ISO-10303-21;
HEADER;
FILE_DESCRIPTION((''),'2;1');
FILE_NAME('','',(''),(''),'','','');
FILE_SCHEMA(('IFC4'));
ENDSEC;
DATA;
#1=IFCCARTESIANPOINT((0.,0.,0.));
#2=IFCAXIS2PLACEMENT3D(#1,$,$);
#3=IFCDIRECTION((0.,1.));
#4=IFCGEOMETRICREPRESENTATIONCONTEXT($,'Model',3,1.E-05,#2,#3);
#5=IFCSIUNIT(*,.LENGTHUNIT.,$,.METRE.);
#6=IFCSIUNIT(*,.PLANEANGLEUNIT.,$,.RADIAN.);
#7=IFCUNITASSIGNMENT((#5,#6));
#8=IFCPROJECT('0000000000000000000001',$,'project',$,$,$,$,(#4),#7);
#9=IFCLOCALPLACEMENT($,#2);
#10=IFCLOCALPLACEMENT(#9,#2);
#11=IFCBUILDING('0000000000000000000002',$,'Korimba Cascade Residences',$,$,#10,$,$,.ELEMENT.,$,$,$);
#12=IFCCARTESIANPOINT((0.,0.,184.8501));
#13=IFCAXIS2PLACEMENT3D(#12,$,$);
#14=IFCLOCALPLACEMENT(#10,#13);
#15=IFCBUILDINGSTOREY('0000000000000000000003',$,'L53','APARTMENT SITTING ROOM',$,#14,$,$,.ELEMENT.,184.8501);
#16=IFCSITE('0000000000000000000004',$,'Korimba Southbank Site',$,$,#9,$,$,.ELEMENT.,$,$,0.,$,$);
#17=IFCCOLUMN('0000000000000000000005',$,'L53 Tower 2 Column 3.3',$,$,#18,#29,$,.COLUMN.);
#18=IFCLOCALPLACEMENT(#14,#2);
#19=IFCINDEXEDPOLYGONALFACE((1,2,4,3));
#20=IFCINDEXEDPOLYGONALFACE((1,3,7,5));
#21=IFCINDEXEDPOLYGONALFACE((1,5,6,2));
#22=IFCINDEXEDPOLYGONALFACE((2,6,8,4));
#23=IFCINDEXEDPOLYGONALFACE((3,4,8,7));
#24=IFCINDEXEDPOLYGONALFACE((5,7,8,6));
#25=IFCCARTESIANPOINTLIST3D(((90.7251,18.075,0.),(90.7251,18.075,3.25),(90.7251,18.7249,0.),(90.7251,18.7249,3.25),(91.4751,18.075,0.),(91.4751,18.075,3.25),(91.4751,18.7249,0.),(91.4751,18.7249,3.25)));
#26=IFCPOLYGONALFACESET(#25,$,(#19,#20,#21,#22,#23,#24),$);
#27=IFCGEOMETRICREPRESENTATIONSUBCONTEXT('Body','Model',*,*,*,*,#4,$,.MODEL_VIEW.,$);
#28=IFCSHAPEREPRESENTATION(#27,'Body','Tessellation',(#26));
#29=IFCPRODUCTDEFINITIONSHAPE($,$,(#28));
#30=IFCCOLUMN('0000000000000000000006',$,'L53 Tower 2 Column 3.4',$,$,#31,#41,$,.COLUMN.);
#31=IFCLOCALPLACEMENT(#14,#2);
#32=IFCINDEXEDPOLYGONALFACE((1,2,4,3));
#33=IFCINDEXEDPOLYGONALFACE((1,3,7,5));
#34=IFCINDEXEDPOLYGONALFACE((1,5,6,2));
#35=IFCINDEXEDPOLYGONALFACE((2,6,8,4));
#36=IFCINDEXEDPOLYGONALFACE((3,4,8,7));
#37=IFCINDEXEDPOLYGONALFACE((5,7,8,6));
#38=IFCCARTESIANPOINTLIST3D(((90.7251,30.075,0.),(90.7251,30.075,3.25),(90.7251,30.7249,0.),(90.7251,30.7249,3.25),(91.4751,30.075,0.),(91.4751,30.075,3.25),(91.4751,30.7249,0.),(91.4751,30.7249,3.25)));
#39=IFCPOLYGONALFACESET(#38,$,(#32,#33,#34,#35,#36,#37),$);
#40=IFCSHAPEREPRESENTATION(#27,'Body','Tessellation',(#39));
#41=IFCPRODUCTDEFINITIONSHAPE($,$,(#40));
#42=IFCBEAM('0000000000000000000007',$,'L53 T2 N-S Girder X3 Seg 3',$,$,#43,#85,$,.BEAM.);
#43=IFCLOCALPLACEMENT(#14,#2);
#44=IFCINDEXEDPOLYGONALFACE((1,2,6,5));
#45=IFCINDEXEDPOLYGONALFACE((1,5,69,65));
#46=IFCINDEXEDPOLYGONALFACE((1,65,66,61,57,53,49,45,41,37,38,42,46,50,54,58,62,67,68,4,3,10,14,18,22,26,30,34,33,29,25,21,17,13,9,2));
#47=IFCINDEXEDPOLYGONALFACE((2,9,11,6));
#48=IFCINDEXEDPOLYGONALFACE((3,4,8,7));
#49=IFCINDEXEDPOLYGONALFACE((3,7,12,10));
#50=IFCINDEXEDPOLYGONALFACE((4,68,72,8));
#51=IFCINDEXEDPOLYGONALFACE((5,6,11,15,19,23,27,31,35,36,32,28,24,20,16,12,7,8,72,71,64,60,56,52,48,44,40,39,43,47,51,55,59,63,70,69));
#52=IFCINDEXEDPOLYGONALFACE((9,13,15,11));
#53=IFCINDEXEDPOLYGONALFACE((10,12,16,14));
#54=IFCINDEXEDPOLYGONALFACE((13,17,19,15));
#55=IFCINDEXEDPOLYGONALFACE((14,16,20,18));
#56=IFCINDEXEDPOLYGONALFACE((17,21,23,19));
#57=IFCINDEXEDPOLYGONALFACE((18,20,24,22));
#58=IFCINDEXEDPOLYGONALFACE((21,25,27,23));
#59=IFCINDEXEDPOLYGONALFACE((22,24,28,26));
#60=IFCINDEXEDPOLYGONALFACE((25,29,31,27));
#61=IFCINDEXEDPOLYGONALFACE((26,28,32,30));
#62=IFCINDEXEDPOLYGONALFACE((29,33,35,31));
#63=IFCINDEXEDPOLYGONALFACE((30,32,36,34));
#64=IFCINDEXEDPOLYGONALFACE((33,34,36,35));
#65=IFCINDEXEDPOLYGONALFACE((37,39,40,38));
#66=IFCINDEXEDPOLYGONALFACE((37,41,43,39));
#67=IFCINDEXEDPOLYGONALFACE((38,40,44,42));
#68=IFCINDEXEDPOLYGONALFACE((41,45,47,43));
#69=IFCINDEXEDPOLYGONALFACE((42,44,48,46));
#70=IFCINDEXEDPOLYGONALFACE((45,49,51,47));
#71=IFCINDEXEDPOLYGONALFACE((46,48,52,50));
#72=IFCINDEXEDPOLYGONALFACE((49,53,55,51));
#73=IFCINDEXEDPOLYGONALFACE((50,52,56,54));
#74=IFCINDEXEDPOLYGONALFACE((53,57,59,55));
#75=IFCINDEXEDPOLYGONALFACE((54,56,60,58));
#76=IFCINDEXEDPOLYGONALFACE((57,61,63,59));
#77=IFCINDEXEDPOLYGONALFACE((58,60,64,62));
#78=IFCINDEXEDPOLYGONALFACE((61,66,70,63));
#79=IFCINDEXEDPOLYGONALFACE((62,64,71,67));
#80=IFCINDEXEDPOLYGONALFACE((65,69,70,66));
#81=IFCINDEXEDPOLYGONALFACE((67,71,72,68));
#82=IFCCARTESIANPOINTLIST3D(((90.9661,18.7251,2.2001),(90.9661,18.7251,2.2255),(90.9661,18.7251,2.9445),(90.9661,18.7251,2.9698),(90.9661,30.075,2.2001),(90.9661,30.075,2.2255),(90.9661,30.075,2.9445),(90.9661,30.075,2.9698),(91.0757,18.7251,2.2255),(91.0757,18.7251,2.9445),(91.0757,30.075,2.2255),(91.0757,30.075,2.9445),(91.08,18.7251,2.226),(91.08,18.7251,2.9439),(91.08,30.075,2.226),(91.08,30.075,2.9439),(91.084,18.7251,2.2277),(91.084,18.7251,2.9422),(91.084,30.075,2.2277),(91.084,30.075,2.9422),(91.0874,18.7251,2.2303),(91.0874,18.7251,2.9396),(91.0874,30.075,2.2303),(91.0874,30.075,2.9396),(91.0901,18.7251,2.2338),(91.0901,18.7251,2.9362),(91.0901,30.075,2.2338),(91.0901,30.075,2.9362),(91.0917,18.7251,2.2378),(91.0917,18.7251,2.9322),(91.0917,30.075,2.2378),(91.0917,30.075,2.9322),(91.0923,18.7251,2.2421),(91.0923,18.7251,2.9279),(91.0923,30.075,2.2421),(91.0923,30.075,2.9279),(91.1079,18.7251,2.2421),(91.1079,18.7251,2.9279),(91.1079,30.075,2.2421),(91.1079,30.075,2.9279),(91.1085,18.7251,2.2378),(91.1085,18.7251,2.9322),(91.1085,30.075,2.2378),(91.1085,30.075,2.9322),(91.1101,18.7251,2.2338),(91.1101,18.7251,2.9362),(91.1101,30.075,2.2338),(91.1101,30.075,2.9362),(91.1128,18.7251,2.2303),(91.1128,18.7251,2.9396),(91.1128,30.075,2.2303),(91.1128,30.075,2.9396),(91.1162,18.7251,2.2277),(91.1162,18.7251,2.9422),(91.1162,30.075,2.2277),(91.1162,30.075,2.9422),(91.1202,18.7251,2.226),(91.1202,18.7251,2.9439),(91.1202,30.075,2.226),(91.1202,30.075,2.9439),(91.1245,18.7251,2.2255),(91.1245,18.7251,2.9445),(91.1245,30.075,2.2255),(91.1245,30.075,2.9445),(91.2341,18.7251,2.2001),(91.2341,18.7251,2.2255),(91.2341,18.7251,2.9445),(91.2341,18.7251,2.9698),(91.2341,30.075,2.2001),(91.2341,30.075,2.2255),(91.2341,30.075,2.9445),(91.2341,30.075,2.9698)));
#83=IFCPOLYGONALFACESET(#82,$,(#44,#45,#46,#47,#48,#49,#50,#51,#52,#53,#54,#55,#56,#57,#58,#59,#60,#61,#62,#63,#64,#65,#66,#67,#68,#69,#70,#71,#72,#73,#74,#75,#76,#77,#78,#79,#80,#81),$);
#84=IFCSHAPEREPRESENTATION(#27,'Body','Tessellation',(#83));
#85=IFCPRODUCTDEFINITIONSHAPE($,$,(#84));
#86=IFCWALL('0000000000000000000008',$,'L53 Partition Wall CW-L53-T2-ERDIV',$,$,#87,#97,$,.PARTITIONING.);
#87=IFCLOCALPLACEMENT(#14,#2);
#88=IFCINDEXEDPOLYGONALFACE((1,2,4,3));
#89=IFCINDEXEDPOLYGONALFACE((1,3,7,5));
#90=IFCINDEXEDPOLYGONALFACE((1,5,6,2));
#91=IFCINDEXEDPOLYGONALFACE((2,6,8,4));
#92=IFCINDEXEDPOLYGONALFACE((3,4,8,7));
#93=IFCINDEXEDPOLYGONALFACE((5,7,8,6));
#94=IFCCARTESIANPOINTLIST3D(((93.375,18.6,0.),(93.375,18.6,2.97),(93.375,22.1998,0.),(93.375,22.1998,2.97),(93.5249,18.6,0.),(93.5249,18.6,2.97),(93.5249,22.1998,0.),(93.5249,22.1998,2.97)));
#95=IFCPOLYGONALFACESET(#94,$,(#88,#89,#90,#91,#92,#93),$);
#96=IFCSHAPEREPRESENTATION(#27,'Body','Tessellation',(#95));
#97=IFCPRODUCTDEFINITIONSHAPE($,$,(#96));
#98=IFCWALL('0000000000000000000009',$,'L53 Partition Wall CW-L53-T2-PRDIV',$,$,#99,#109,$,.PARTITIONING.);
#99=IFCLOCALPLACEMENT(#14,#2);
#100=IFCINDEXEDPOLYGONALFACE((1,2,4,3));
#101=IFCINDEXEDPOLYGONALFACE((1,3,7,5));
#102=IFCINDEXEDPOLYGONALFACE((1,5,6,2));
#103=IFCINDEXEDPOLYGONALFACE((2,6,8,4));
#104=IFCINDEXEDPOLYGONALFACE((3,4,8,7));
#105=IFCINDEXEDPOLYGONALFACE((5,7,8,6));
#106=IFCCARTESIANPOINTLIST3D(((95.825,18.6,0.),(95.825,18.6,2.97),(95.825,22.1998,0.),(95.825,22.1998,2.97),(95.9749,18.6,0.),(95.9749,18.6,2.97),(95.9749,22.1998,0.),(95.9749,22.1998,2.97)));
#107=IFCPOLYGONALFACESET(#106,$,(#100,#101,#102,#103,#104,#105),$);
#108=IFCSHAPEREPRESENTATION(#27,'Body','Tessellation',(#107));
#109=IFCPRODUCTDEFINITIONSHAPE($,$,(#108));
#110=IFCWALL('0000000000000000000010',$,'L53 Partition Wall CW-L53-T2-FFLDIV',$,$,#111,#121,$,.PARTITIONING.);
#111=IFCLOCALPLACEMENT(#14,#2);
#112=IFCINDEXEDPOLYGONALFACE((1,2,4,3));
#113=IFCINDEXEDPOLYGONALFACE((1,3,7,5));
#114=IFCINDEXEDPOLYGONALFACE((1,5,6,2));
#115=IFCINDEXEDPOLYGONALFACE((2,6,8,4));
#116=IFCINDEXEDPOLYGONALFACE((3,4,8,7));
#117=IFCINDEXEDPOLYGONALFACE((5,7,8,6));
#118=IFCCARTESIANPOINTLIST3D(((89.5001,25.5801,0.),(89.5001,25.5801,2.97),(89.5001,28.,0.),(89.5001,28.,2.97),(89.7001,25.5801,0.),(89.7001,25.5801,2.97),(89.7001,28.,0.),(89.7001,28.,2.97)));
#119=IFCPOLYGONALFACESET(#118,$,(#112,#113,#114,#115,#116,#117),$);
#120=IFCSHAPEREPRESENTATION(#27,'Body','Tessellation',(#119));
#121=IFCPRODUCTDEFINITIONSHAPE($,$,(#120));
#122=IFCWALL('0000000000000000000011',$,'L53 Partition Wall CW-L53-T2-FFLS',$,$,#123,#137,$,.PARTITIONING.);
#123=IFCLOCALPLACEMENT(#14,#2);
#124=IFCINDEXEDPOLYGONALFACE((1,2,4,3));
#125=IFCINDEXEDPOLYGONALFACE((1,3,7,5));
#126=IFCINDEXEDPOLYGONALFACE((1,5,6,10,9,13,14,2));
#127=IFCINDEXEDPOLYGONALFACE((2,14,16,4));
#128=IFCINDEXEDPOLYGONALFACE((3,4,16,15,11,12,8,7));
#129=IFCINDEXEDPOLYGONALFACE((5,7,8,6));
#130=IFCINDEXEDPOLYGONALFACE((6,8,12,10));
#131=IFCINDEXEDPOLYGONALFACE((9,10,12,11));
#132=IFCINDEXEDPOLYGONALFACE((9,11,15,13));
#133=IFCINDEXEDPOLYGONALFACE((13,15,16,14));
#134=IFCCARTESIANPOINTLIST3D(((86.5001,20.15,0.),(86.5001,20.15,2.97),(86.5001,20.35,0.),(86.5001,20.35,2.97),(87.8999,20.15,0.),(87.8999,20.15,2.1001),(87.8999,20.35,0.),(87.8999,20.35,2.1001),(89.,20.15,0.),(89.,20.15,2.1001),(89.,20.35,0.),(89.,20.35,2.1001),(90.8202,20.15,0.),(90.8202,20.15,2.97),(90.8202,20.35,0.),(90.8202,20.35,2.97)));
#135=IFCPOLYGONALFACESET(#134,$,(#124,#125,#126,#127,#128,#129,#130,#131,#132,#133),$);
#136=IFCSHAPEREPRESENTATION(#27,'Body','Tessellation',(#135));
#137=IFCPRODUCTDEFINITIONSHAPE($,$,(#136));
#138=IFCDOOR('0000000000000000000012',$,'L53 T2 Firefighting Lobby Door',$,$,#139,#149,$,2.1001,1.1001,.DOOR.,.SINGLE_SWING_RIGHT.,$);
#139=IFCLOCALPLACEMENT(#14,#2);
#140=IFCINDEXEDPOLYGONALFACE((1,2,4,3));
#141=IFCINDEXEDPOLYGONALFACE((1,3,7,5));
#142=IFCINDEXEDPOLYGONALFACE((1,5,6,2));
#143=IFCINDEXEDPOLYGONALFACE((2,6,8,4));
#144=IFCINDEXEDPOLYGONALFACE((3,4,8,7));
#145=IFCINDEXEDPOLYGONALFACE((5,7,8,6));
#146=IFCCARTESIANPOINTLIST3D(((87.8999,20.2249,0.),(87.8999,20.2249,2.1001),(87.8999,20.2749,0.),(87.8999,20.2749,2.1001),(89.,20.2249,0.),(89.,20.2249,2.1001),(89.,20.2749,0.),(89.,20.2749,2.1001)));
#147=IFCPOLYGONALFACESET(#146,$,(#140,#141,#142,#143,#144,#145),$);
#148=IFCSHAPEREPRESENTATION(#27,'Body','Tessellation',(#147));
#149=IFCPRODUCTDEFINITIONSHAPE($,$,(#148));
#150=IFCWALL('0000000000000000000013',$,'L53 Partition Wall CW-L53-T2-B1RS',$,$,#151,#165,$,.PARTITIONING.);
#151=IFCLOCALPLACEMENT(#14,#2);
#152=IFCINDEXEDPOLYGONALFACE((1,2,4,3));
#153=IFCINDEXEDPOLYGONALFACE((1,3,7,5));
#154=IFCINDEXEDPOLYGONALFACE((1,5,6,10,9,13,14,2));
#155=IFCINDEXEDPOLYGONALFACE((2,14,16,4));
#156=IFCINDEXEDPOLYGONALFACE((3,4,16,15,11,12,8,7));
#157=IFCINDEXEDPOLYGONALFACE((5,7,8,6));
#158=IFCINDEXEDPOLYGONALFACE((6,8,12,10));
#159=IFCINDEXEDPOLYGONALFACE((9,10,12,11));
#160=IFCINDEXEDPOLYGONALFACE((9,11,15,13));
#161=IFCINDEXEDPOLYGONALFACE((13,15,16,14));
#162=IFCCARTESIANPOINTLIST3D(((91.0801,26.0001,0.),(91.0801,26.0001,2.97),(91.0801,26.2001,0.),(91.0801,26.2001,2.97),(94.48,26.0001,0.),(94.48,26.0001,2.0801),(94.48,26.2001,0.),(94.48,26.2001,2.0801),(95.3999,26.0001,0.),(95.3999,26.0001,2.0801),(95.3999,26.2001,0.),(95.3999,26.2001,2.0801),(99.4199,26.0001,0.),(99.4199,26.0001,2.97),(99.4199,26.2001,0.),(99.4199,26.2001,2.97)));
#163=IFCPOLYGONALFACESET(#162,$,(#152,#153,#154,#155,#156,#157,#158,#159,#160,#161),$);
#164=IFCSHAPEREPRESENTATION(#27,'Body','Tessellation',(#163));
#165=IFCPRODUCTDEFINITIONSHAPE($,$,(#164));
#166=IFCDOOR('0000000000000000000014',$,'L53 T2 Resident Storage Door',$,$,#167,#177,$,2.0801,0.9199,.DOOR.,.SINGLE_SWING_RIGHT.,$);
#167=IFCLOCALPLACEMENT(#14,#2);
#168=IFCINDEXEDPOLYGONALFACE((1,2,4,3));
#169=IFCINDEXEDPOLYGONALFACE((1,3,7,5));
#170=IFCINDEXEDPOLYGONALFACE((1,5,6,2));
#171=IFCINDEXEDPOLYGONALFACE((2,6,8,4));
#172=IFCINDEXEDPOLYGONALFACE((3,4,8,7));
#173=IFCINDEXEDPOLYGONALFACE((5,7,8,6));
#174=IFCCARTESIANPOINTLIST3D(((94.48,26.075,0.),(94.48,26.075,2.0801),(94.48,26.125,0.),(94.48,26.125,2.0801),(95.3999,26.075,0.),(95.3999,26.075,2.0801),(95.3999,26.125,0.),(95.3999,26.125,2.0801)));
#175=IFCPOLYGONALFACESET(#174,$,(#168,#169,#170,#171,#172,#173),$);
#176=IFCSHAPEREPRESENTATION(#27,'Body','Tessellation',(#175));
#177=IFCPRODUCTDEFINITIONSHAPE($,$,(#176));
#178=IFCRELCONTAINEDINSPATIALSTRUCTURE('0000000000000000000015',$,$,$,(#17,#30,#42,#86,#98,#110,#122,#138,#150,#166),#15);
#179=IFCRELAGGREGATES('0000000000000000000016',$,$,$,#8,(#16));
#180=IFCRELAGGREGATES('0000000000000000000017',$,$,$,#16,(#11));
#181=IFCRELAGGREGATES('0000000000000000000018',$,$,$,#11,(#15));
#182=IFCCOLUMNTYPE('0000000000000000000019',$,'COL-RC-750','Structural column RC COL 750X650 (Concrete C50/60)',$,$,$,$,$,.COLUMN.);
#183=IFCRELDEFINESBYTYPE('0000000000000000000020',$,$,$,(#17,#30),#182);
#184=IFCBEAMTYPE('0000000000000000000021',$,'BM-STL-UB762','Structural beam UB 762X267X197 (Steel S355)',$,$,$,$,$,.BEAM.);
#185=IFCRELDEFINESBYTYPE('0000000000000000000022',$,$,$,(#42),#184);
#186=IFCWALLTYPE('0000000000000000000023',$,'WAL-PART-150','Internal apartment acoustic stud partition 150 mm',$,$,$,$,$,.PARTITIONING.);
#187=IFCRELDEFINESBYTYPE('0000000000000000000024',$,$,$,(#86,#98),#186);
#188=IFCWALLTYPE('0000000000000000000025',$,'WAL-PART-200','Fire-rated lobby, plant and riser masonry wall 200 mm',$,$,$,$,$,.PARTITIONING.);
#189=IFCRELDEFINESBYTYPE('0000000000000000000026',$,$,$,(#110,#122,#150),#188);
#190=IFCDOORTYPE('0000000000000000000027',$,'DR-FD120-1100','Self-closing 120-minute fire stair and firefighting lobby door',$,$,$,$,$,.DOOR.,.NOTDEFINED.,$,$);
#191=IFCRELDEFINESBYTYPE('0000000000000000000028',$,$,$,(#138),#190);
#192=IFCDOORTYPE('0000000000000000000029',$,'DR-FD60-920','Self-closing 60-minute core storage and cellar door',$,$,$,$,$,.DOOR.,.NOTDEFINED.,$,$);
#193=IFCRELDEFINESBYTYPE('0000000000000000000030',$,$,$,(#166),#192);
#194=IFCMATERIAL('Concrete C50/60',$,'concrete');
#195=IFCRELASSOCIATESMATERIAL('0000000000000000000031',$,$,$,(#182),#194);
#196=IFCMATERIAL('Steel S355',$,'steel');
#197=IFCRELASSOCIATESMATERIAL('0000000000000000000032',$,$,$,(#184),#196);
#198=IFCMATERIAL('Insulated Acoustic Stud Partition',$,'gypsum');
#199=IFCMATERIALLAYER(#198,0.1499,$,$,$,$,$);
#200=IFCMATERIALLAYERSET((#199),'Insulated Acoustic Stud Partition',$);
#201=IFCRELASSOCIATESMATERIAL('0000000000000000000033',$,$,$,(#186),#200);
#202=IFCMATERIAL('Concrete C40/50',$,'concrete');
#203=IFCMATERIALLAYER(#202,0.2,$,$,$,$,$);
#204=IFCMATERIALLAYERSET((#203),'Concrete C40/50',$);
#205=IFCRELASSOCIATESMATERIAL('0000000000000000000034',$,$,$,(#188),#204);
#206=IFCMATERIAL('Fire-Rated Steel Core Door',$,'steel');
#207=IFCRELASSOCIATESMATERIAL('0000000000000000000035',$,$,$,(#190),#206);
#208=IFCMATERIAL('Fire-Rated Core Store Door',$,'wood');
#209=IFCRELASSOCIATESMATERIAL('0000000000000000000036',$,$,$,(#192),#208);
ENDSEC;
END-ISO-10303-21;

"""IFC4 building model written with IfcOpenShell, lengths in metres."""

from ifc_helpers import new_model, si_unit, direction, frame, frame_2d, origin, origin_2d, place, context, subcontext, project, spatial, rectangle, i_section, extrude, material, layer, layer_set, material_profile, profile_set, type_object, element, fill, save


model = new_model("IFC4")

# Units and contexts
model_context = context("Model", 3, precision=1e-05, world=origin(), true_north=direction((0.0, 1.0)))
body_context = subcontext(model_context, "Body", "Model", "MODEL_VIEW")
ifc_project = project(units=[si_unit("LENGTHUNIT", "METRE"), si_unit("PLANEANGLEUNIT", "RADIAN")], contexts=[model_context])

# Site, building, storey
site_placement = place(None, origin())
site = spatial("IfcSite", under=ifc_project, at=site_placement, Name="Korimba Southbank Site", CompositionType="ELEMENT", RefElevation=0.0)
building_placement = place(site_placement, origin())
building = spatial("IfcBuilding", under=site, at=building_placement, Name="Korimba Cascade Residences", CompositionType="ELEMENT")
storey_placement = place(building_placement, frame((0.0, 0.0, 184.8501)))
storey = spatial("IfcBuildingStorey", under=building, at=storey_placement, Name="L53", Description="APARTMENT SITTING ROOM", CompositionType="ELEMENT", Elevation=184.8501)

# Columns
ifc_material_1 = material(Name="Concrete C50/60", Category="concrete")
ifc_material_profile_1 = material_profile(ifc_material_1, rectangle(XDim=0.75, YDim=0.6499, at=origin_2d()), Name="Concrete C50/60")
ifc_profile_set_1 = profile_set([ifc_material_profile_1], Name="Concrete C50/60")
column_type = type_object("IfcColumnType", Name="COL-RC-750", Description="Structural column RC COL 750X650 (Concrete C50/60)", PredefinedType="COLUMN", material=ifc_profile_set_1)
for number, where, z_axis, x_axis, name in (
    (1, (91.1001, 18.3999, 0.0), (0.0, 0.0, 1.0), (1.0, 0.0, 0.0), "L53 Tower 2 Column 3.3"),
    (2, (91.1001, 30.3999, 0.0), (0.0, 0.0, 1.0), (1.0, 0.0, 0.0), "L53 Tower 2 Column 3.4"),
):
    element("IfcColumn", number, at=place(storey_placement, frame(where, z_axis=z_axis, x_axis=x_axis)), inside=storey, type_object=column_type, Name=name, PredefinedType="COLUMN", context=body_context, shape_type="SweptSolid", body=[
        extrude(rectangle(XDim=0.75, YDim=0.6499, at=origin_2d()), origin(), (0.0, 0.0, 1.0), 3.25),
    ])

# Beam
ifc_material_2 = material(Name="Steel S355", Category="steel")
ifc_material_profile_2 = material_profile(ifc_material_2, i_section(OverallWidth=0.2681, OverallDepth=0.7698, WebThickness=0.0156, FlangeThickness=0.0254, FilletRadius=0.0166, at=origin_2d()), Name="Steel S355")
ifc_profile_set_2 = profile_set([ifc_material_profile_2], Name="Steel S355")
beam_type = type_object("IfcBeamType", Name="BM-STL-UB762", Description="Structural beam UB 762X267X197 (Steel S355)", PredefinedType="BEAM", material=ifc_profile_set_2)
beam_placement = place(storey_placement, frame((91.1001, 18.7251, 2.585), z_axis=(0.0, 1.0, 0.0), x_axis=(-1.0, 0.0, 0.0)))
element("IfcBeam", 3, at=beam_placement, inside=storey, type_object=beam_type, Name="L53 T2 N-S Girder X3 Seg 3", PredefinedType="BEAM", context=body_context, shape_type="SweptSolid", body=[
    extrude(i_section(OverallWidth=0.2681, OverallDepth=0.7698, WebThickness=0.0156, FlangeThickness=0.0254, FilletRadius=0.0166, at=origin_2d()), origin(), (0.0, 0.0, 1.0), 11.3499),
])

# Walls
ifc_material_3 = material(Name="Insulated Acoustic Stud Partition", Category="gypsum")
ifc_layer_1 = layer(ifc_material_3, 0.1499)
ifc_layer_set_1 = layer_set([ifc_layer_1], Name="Insulated Acoustic Stud Partition")
wall_type_1 = type_object("IfcWallType", Name="WAL-PART-150", Description="Internal apartment acoustic stud partition 150 mm", PredefinedType="PARTITIONING", material=ifc_layer_set_1)
for number, where, z_axis, x_axis, name in (
    (4, (93.45, 18.6001, 0.0), (0.0, 0.0, 1.0), (0.0, 1.0, 0.0), "L53 Partition Wall CW-L53-T2-ERDIV"),
    (5, (95.8999, 18.6001, 0.0), (0.0, 0.0, 1.0), (0.0, 1.0, 0.0), "L53 Partition Wall CW-L53-T2-PRDIV"),
):
    element("IfcWall", number, at=place(storey_placement, frame(where, z_axis=z_axis, x_axis=x_axis)), inside=storey, type_object=wall_type_1, Name=name, PredefinedType="PARTITIONING", context=body_context, shape_type="SweptSolid", body=[
        extrude(rectangle(XDim=3.5999, YDim=0.1499, at=frame_2d((1.7998, 0.0))), origin(), (0.0, 0.0, 1.0), 2.97),
    ])
ifc_material_4 = material(Name="Concrete C40/50", Category="concrete")
ifc_layer_2 = layer(ifc_material_4, 0.2)
ifc_layer_set_2 = layer_set([ifc_layer_2], Name="Concrete C40/50")
wall_type_2 = type_object("IfcWallType", Name="WAL-PART-200", Description="Fire-rated lobby, plant and riser masonry wall 200 mm", PredefinedType="PARTITIONING", material=ifc_layer_set_2)
wall_1_placement = place(storey_placement, frame((89.6001, 25.5801, 0.0), z_axis=(0.0, 0.0, 1.0), x_axis=(0.0, 1.0, 0.0)))
element("IfcWall", 6, at=wall_1_placement, inside=storey, type_object=wall_type_2, Name="L53 Partition Wall CW-L53-T2-FFLDIV", PredefinedType="PARTITIONING", context=body_context, shape_type="SweptSolid", body=[
    extrude(rectangle(XDim=2.4199, YDim=0.2, at=frame_2d((1.21, 0.0))), origin(), (0.0, 0.0, 1.0), 2.97),
])

# Walls, openings, doors
wall_2_placement = place(storey_placement, frame((86.5, 20.25, 0.0), z_axis=(0.0, 0.0, 1.0), x_axis=(1.0, 0.0, 0.0)))
wall_2 = element("IfcWall", 7, at=wall_2_placement, inside=storey, type_object=wall_type_2, Name="L53 Partition Wall CW-L53-T2-FFLS", PredefinedType="PARTITIONING", context=body_context, shape_type="SweptSolid", body=[
    extrude(rectangle(XDim=4.3201, YDim=0.2, at=frame_2d((2.1602, 0.0))), origin(), (0.0, 0.0, 1.0), 2.97),
])
opening_1_placement = place(wall_2_placement, frame((1.3999, 0.0, 0.0)))
opening_1 = element("IfcOpeningElement", 8, at=opening_1_placement, cuts=wall_2, PredefinedType="OPENING", context=body_context, shape_type="SweptSolid", body=[
    extrude(rectangle(XDim=1.1001, YDim=2.1001, at=frame_2d((0.55, 1.05))), frame((0.0, 0.1099, 0.0), z_axis=(0.0, -1.0, 0.0), x_axis=(1.0, 0.0, 0.0)), (0.0, 0.0, 1.0), 0.22),
])
ifc_material_5 = material(Name="Fire-Rated Steel Core Door", Category="steel")
door_type_1 = type_object("IfcDoorType", Name="DR-FD120-1100", Description="Self-closing 120-minute fire stair and firefighting lobby door", OperationType="NOTDEFINED", PredefinedType="DOOR", material=ifc_material_5)
door_1_placement = place(opening_1_placement, origin())
door_1 = element("IfcDoor", 9, at=door_1_placement, inside=storey, type_object=door_type_1, Name="L53 T2 Firefighting Lobby Door", OperationType="SINGLE_SWING_RIGHT", OverallHeight=2.1001, OverallWidth=1.1001, PredefinedType="DOOR", context=body_context, shape_type="SweptSolid", body=[
    extrude(rectangle(XDim=1.1001, YDim=2.1001, at=frame_2d((0.55, 1.05))), frame((0.0, 0.0249, 0.0), z_axis=(0.0, -1.0, 0.0), x_axis=(1.0, 0.0, 0.0)), (0.0, 0.0, 1.0), 0.05),
])
fill(opening_1, door_1)
wall_3_placement = place(storey_placement, frame((91.0801, 26.1001, 0.0), z_axis=(0.0, 0.0, 1.0), x_axis=(1.0, 0.0, 0.0)))
wall_3 = element("IfcWall", 10, at=wall_3_placement, inside=storey, type_object=wall_type_2, Name="L53 Partition Wall CW-L53-T2-B1RS", PredefinedType="PARTITIONING", context=body_context, shape_type="SweptSolid", body=[
    extrude(rectangle(XDim=8.3398, YDim=0.2, at=frame_2d((4.1699, 0.0))), origin(), (0.0, 0.0, 1.0), 2.97),
])
opening_2_placement = place(wall_3_placement, frame((3.3999, 0.0, 0.0)))
opening_2 = element("IfcOpeningElement", 11, at=opening_2_placement, cuts=wall_3, PredefinedType="OPENING", context=body_context, shape_type="SweptSolid", body=[
    extrude(rectangle(XDim=0.9199, YDim=2.0801, at=frame_2d((0.46, 1.04))), frame((0.0, 0.1099, 0.0), z_axis=(0.0, -1.0, 0.0), x_axis=(1.0, 0.0, 0.0)), (0.0, 0.0, 1.0), 0.22),
])
ifc_material_6 = material(Name="Fire-Rated Core Store Door", Category="wood")
door_type_2 = type_object("IfcDoorType", Name="DR-FD60-920", Description="Self-closing 60-minute core storage and cellar door", OperationType="NOTDEFINED", PredefinedType="DOOR", material=ifc_material_6)
door_2_placement = place(opening_2_placement, origin())
door_2 = element("IfcDoor", 12, at=door_2_placement, inside=storey, type_object=door_type_2, Name="L53 T2 Resident Storage Door", OperationType="SINGLE_SWING_RIGHT", OverallHeight=2.0801, OverallWidth=0.9199, PredefinedType="DOOR", context=body_context, shape_type="SweptSolid", body=[
    extrude(rectangle(XDim=0.9199, YDim=2.0801, at=frame_2d((0.46, 1.04))), frame((0.0, 0.0249, 0.0), z_axis=(0.0, -1.0, 0.0), x_axis=(1.0, 0.0, 0.0)), (0.0, 0.0, 1.0), 0.05),
])
fill(opening_2, door_2)

save(model, "model.ifc")
